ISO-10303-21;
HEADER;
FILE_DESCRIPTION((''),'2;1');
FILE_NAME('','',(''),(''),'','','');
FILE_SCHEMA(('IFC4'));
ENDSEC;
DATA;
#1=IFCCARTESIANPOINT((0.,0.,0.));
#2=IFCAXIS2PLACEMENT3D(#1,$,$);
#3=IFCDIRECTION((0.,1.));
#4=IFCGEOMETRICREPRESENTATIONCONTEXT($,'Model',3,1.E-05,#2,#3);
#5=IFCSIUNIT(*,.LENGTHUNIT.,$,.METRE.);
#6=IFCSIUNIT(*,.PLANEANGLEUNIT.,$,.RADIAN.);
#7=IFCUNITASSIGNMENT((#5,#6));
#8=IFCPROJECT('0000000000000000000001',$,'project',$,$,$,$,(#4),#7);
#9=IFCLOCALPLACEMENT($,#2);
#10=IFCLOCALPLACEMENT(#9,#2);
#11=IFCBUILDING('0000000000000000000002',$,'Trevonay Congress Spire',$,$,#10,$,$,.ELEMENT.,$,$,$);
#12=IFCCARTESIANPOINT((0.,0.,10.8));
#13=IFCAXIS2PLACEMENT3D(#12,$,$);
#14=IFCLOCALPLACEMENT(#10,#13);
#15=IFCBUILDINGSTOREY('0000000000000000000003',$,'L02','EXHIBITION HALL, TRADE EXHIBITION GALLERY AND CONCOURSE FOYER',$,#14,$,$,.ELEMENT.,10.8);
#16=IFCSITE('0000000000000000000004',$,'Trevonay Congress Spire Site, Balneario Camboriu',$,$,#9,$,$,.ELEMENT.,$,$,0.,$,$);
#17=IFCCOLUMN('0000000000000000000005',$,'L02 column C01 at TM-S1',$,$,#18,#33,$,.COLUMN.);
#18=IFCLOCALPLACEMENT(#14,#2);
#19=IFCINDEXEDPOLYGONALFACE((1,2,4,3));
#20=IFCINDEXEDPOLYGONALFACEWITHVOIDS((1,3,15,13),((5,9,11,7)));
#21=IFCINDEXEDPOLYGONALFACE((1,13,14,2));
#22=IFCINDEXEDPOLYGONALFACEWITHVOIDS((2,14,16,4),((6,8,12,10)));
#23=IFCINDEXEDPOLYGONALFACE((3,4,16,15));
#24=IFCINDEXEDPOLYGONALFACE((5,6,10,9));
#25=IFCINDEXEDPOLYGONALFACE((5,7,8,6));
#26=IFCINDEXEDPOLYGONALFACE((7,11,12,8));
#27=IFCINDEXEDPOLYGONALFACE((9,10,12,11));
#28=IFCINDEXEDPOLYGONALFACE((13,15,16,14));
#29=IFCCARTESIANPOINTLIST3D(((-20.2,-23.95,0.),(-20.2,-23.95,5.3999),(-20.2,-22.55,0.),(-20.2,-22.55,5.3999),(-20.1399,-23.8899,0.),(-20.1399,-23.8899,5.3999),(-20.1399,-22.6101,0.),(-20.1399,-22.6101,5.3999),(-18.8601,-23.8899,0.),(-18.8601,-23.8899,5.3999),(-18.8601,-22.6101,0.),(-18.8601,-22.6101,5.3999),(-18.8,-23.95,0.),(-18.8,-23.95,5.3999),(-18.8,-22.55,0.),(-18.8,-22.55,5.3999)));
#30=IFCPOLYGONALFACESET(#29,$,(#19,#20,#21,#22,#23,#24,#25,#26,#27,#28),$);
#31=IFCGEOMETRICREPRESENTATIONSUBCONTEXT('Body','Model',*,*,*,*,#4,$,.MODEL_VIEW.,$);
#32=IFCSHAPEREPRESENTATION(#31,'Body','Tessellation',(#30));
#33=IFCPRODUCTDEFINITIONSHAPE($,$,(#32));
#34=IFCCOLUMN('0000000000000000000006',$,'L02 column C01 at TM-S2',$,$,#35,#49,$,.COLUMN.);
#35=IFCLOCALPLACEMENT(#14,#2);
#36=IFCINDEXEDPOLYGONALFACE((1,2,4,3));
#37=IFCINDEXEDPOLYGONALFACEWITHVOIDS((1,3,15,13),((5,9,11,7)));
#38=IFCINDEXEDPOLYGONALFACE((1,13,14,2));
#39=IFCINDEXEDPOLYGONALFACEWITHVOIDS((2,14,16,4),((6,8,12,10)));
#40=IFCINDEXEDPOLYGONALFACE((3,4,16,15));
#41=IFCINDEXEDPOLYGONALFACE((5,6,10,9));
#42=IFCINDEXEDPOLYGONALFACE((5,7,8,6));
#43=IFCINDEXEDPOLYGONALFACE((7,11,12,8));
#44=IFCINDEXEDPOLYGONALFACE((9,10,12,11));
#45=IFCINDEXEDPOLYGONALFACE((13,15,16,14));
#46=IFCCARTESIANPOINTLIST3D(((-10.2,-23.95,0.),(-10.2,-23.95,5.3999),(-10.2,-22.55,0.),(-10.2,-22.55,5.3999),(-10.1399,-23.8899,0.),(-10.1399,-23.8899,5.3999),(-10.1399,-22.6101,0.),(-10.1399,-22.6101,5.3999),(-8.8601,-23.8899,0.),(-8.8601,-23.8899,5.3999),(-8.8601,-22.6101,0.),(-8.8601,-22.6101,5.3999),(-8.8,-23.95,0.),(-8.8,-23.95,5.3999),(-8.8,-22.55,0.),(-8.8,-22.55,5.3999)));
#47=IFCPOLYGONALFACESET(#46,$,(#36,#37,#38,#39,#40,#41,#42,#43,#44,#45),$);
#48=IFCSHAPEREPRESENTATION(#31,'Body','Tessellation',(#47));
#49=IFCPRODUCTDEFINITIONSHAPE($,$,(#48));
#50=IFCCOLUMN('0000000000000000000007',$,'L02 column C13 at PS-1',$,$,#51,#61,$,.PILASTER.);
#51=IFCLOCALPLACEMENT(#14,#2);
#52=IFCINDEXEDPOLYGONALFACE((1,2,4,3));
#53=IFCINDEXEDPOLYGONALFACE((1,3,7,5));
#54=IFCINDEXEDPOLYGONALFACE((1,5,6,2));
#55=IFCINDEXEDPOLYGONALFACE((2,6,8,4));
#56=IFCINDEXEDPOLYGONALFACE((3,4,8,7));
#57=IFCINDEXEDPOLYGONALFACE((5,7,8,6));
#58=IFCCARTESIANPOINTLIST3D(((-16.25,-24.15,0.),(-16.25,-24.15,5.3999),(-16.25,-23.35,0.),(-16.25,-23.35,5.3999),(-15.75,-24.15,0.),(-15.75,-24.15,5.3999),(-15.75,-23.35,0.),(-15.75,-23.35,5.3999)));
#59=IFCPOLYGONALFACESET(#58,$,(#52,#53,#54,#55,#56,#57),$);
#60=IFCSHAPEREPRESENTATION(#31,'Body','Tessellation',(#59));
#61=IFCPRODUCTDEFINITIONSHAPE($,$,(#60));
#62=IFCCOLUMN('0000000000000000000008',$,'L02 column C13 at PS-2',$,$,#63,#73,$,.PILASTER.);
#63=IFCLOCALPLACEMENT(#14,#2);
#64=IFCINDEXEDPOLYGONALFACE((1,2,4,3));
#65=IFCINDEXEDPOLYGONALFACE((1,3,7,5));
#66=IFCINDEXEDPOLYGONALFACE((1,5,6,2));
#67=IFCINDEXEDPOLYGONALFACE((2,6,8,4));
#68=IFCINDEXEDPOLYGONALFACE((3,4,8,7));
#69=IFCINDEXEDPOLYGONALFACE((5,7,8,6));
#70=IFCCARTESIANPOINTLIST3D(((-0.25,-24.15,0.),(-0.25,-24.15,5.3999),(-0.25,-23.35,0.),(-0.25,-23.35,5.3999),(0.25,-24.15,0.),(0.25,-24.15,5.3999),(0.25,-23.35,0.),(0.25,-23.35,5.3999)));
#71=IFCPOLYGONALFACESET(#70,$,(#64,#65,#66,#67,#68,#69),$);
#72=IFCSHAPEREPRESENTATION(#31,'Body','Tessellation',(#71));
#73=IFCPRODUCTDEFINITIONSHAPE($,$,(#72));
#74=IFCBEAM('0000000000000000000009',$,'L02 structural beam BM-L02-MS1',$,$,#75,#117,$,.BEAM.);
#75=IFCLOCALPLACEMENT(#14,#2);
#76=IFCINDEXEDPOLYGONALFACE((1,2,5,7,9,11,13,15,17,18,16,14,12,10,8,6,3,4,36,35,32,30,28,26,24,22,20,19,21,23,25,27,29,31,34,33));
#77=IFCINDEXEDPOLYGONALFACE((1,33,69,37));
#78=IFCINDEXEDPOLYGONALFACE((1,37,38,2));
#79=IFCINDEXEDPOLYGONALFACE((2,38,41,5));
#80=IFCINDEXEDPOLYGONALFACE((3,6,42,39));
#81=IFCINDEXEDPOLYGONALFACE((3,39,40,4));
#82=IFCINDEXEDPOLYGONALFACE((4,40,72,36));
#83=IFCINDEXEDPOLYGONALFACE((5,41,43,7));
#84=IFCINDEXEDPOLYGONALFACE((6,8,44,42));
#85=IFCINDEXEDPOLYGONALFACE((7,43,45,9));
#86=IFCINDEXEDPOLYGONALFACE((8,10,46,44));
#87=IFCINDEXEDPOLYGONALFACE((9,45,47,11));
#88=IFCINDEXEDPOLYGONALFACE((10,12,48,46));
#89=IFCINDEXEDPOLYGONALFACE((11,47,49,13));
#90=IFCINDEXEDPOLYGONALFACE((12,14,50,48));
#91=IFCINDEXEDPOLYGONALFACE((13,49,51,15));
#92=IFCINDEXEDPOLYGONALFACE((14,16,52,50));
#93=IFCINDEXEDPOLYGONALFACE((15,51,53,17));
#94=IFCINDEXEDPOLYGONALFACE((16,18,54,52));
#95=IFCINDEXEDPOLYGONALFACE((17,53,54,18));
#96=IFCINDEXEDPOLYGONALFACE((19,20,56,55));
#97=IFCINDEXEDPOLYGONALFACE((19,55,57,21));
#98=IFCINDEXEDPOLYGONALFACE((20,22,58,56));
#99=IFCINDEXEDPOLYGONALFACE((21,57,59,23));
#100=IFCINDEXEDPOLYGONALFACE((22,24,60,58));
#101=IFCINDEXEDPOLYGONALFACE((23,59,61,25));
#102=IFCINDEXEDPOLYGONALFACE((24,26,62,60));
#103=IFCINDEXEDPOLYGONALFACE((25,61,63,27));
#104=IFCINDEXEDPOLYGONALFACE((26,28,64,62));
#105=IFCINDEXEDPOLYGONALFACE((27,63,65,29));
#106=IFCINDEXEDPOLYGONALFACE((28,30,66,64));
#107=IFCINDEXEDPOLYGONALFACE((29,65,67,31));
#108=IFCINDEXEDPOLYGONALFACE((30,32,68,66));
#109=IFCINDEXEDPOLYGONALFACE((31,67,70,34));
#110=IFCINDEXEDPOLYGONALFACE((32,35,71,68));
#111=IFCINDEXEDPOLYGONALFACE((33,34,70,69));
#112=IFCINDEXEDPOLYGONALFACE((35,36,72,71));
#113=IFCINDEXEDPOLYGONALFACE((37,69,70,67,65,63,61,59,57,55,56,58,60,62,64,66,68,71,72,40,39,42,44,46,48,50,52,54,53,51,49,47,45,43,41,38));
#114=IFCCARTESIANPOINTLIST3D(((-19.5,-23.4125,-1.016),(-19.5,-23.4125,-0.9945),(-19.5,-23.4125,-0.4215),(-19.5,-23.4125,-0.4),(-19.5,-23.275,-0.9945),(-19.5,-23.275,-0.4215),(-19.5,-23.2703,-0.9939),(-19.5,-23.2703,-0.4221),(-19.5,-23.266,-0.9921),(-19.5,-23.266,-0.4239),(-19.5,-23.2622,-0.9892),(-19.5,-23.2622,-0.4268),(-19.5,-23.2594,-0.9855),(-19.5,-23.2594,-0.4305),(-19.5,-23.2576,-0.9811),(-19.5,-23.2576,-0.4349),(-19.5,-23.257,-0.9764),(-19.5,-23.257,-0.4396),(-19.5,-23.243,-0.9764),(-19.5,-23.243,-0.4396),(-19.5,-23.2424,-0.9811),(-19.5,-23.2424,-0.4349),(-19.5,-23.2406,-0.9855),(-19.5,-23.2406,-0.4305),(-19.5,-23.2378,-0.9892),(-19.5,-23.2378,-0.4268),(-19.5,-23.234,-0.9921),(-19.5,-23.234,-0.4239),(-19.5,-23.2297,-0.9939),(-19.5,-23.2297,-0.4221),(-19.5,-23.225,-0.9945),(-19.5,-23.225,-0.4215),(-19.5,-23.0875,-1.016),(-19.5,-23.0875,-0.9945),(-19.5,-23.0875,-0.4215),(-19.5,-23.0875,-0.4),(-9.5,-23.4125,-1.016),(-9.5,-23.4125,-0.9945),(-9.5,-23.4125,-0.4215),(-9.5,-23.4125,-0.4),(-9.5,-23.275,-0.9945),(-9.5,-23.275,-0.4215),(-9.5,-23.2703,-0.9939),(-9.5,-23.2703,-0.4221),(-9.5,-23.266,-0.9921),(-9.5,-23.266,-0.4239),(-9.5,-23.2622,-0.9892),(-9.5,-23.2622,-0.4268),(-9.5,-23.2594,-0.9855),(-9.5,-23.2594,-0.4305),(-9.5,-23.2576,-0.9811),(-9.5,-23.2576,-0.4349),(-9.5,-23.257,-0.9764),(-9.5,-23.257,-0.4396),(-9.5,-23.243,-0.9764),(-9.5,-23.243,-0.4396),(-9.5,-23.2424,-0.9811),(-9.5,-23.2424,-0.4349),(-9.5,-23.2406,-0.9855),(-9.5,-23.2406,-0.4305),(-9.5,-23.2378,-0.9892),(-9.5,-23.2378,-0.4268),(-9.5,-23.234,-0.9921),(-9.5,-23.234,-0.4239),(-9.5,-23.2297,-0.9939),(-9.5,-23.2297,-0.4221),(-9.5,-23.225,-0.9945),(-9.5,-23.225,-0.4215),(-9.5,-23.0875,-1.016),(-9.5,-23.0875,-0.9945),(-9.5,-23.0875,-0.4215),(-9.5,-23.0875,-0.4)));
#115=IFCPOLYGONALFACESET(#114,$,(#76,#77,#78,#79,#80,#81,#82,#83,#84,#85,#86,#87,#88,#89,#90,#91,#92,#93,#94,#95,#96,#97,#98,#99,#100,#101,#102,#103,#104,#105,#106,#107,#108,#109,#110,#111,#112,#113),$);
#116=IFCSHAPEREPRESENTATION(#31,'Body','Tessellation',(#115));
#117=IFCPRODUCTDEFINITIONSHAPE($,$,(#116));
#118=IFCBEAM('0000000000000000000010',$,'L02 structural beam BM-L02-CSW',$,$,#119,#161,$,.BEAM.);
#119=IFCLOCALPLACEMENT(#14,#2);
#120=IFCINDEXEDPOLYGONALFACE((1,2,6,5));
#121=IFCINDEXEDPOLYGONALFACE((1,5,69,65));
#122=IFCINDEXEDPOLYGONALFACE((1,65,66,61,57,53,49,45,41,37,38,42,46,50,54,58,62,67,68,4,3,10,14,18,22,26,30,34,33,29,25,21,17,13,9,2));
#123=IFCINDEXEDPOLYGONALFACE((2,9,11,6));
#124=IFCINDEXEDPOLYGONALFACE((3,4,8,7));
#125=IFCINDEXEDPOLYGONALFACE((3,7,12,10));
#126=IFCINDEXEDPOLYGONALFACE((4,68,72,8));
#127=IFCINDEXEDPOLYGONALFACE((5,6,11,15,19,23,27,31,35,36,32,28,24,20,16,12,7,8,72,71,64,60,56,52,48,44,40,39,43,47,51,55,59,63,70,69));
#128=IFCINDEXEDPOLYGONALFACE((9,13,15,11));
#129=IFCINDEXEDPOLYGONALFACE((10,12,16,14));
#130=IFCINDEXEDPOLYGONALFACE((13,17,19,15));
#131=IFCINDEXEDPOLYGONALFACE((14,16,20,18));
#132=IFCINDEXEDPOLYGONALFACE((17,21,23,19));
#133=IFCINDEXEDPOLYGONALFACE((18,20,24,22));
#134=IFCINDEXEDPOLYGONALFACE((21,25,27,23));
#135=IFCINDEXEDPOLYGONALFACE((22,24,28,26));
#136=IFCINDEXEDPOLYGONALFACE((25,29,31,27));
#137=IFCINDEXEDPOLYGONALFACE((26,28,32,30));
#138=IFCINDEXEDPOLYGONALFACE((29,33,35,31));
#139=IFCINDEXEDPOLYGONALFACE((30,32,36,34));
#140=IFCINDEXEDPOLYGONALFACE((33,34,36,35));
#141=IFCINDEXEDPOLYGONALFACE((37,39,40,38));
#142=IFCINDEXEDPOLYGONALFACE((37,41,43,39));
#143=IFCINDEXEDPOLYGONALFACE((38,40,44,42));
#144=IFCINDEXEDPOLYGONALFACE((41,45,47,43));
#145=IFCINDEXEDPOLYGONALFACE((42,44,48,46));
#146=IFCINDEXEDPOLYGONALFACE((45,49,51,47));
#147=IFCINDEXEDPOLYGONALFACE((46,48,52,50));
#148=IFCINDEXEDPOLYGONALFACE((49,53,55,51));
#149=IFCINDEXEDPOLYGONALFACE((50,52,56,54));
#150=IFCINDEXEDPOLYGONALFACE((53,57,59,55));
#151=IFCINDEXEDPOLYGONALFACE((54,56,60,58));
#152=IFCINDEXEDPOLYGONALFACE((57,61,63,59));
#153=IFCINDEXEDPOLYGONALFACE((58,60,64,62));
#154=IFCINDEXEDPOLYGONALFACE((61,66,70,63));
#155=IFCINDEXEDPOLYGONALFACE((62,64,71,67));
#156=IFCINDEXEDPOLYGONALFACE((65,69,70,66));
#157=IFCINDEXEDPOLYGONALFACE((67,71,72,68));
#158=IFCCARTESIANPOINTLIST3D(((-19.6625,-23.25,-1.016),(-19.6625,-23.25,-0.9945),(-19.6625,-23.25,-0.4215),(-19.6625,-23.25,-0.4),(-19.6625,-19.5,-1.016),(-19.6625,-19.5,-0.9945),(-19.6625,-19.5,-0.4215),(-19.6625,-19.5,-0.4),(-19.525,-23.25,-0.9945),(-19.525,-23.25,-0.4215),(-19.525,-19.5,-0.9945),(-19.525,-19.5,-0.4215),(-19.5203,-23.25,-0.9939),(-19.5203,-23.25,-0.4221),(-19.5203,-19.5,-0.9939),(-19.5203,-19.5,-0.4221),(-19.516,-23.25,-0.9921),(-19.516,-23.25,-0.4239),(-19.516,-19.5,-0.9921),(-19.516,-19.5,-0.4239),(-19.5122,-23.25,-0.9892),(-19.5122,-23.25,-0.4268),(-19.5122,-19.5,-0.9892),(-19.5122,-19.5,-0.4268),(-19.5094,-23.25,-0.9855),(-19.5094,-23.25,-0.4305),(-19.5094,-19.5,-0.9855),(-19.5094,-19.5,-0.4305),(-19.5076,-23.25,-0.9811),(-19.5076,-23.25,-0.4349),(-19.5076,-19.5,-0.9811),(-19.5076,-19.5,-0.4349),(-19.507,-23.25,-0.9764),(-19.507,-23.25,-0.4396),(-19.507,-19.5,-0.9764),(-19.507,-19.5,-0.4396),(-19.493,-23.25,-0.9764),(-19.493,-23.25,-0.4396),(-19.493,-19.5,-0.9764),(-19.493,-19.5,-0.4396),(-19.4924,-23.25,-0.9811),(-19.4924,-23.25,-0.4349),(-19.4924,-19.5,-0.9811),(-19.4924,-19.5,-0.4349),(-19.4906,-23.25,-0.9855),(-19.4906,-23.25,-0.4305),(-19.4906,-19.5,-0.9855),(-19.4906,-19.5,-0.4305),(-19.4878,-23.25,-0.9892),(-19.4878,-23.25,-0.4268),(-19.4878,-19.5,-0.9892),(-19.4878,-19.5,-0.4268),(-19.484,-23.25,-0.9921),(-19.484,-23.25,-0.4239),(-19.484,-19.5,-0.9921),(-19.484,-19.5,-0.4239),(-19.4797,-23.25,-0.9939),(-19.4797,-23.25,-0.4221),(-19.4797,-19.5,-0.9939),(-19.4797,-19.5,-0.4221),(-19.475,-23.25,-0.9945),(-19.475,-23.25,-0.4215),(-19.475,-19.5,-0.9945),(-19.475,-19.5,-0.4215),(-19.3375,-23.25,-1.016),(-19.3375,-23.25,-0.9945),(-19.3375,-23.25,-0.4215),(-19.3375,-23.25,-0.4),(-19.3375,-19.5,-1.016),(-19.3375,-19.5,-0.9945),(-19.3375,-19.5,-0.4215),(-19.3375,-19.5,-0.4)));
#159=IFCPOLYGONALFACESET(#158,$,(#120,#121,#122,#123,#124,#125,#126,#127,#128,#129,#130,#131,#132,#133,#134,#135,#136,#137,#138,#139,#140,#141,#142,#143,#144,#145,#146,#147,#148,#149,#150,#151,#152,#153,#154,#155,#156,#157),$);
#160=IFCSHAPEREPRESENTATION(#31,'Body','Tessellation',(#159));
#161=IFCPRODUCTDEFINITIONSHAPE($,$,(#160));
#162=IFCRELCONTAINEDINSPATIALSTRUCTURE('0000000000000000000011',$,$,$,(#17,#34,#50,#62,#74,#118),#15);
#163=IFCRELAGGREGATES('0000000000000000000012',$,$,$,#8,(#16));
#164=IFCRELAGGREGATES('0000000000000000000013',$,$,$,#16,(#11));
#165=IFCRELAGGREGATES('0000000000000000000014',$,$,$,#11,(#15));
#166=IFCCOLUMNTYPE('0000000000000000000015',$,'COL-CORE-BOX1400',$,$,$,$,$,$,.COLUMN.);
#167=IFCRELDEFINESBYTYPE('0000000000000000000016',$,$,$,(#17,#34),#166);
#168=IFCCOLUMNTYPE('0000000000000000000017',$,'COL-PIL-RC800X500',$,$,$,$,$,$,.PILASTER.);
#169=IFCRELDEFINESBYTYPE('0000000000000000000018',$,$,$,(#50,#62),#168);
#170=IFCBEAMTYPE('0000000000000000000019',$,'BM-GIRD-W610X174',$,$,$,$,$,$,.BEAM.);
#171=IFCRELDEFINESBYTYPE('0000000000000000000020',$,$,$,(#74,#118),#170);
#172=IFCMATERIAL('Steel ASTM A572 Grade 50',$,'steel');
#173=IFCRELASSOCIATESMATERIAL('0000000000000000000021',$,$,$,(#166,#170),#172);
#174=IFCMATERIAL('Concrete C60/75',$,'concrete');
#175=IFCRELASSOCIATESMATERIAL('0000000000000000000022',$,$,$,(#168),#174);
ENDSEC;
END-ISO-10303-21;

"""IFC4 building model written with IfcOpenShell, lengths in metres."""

from ifc_helpers import new_model, si_unit, direction, frame, origin, origin_2d, place, context, subcontext, project, spatial, rectangle, hollow_rectangle, i_section, extrude, material, material_profile, profile_set, type_object, element, save


model = new_model("IFC4")

# Units and contexts
model_context = context("Model", 3, precision=1e-05, world=origin(), true_north=direction((0.0, 1.0)))
body_context = subcontext(model_context, "Body", "Model", "MODEL_VIEW")
ifc_project = project(units=[si_unit("LENGTHUNIT", "METRE"), si_unit("PLANEANGLEUNIT", "RADIAN")], contexts=[model_context])

# Site, building, storey
site_placement = place(None, origin())
site = spatial("IfcSite", under=ifc_project, at=site_placement, Name="Trevonay Congress Spire Site, Balneario Camboriu", CompositionType="ELEMENT", RefElevation=0.0)
building_placement = place(site_placement, origin())
building = spatial("IfcBuilding", under=site, at=building_placement, Name="Trevonay Congress Spire", CompositionType="ELEMENT")
storey_placement = place(building_placement, frame((0.0, 0.0, 10.8)))
storey = spatial("IfcBuildingStorey", under=building, at=storey_placement, Name="L02", Description="EXHIBITION HALL, TRADE EXHIBITION GALLERY AND CONCOURSE FOYER", CompositionType="ELEMENT", Elevation=10.8)

# Columns
ifc_material_1 = material(Name="Steel ASTM A572 Grade 50", Category="steel")
ifc_material_profile_1 = material_profile(ifc_material_1, hollow_rectangle(XDim=1.3999, YDim=1.3999, WallThickness=0.0601, at=origin_2d()), Name="BOX 1400x1400x60")
ifc_profile_set_1 = profile_set([ifc_material_profile_1], Name="Steel ASTM A572 Grade 50")
column_type_1 = type_object("IfcColumnType", Name="COL-CORE-BOX1400", PredefinedType="COLUMN", material=ifc_profile_set_1)
for number, where, z_axis, x_axis, name in (
    (1, (-19.5, -23.25, 0.0), (0.0, 0.0, 1.0), (1.0, 0.0, 0.0), "L02 column C01 at TM-S1"),
    (2, (-9.5, -23.25, 0.0), (0.0, 0.0, 1.0), (1.0, 0.0, 0.0), "L02 column C01 at TM-S2"),
):
    element("IfcColumn", number, at=place(storey_placement, frame(where, z_axis=z_axis, x_axis=x_axis)), inside=storey, type_object=column_type_1, Name=name, PredefinedType="COLUMN", context=body_context, shape_type="SweptSolid", body=[
        extrude(hollow_rectangle(XDim=1.3999, YDim=1.3999, WallThickness=0.0601, at=origin_2d()), origin(), (0.0, 0.0, 1.0), 5.3999),
    ])
ifc_material_2 = material(Name="Concrete C60/75", Category="concrete")
ifc_material_profile_2 = material_profile(ifc_material_2, rectangle(XDim=0.5, YDim=0.8, at=origin_2d()), Name="RC 800x500")
ifc_profile_set_2 = profile_set([ifc_material_profile_2], Name="Concrete C60/75")
column_type_2 = type_object("IfcColumnType", Name="COL-PIL-RC800X500", PredefinedType="PILASTER", material=ifc_profile_set_2)
for number, where, z_axis, x_axis, name in (
    (3, (-16.0, -23.75, 0.0), (0.0, 0.0, 1.0), (1.0, 0.0, 0.0), "L02 column C13 at PS-1"),
    (4, (0.0, -23.75, 0.0), (0.0, 0.0, 1.0), (1.0, 0.0, 0.0), "L02 column C13 at PS-2"),
):
    element("IfcColumn", number, at=place(storey_placement, frame(where, z_axis=z_axis, x_axis=x_axis)), inside=storey, type_object=column_type_2, Name=name, PredefinedType="PILASTER", context=body_context, shape_type="SweptSolid", body=[
        extrude(rectangle(XDim=0.5, YDim=0.8, at=origin_2d()), origin(), (0.0, 0.0, 1.0), 5.3999),
    ])

# Beams
ifc_material_profile_3 = material_profile(ifc_material_1, i_section(OverallWidth=0.325, OverallDepth=0.616, WebThickness=0.0139, FlangeThickness=0.0215, FilletRadius=0.0181, at=origin_2d()), Name="W610x174")
ifc_profile_set_3 = profile_set([ifc_material_profile_3], Name="Steel ASTM A572 Grade 50")
beam_type_1 = type_object("IfcBeamType", Name="BM-GIRD-W610X174", PredefinedType="BEAM", material=ifc_profile_set_3)
beam_1_placement = place(storey_placement, frame((-19.5, -23.25, -0.708), z_axis=(1.0, 0.0, 0.0), x_axis=(0.0, 1.0, 0.0)))
element("IfcBeam", 5, at=beam_1_placement, inside=storey, type_object=beam_type_1, Name="L02 structural beam BM-L02-MS1", PredefinedType="BEAM", context=body_context, shape_type="SweptSolid", body=[
    extrude(i_section(OverallWidth=0.325, OverallDepth=0.616, WebThickness=0.0139, FlangeThickness=0.0215, FilletRadius=0.0181, at=origin_2d()), origin(), (0.0, 0.0, 1.0), 10.0),
])
beam_2_placement = place(storey_placement, frame((-19.5, -23.25, -0.708), z_axis=(0.0, 1.0, 0.0), x_axis=(-1.0, 0.0, 0.0)))
element("IfcBeam", 6, at=beam_2_placement, inside=storey, type_object=beam_type_1, Name="L02 structural beam BM-L02-CSW", PredefinedType="BEAM", context=body_context, shape_type="SweptSolid", body=[
    extrude(i_section(OverallWidth=0.325, OverallDepth=0.616, WebThickness=0.0139, FlangeThickness=0.0215, FilletRadius=0.0181, at=origin_2d()), origin(), (0.0, 0.0, 1.0), 3.75),
])

save(model, "model.ifc")
